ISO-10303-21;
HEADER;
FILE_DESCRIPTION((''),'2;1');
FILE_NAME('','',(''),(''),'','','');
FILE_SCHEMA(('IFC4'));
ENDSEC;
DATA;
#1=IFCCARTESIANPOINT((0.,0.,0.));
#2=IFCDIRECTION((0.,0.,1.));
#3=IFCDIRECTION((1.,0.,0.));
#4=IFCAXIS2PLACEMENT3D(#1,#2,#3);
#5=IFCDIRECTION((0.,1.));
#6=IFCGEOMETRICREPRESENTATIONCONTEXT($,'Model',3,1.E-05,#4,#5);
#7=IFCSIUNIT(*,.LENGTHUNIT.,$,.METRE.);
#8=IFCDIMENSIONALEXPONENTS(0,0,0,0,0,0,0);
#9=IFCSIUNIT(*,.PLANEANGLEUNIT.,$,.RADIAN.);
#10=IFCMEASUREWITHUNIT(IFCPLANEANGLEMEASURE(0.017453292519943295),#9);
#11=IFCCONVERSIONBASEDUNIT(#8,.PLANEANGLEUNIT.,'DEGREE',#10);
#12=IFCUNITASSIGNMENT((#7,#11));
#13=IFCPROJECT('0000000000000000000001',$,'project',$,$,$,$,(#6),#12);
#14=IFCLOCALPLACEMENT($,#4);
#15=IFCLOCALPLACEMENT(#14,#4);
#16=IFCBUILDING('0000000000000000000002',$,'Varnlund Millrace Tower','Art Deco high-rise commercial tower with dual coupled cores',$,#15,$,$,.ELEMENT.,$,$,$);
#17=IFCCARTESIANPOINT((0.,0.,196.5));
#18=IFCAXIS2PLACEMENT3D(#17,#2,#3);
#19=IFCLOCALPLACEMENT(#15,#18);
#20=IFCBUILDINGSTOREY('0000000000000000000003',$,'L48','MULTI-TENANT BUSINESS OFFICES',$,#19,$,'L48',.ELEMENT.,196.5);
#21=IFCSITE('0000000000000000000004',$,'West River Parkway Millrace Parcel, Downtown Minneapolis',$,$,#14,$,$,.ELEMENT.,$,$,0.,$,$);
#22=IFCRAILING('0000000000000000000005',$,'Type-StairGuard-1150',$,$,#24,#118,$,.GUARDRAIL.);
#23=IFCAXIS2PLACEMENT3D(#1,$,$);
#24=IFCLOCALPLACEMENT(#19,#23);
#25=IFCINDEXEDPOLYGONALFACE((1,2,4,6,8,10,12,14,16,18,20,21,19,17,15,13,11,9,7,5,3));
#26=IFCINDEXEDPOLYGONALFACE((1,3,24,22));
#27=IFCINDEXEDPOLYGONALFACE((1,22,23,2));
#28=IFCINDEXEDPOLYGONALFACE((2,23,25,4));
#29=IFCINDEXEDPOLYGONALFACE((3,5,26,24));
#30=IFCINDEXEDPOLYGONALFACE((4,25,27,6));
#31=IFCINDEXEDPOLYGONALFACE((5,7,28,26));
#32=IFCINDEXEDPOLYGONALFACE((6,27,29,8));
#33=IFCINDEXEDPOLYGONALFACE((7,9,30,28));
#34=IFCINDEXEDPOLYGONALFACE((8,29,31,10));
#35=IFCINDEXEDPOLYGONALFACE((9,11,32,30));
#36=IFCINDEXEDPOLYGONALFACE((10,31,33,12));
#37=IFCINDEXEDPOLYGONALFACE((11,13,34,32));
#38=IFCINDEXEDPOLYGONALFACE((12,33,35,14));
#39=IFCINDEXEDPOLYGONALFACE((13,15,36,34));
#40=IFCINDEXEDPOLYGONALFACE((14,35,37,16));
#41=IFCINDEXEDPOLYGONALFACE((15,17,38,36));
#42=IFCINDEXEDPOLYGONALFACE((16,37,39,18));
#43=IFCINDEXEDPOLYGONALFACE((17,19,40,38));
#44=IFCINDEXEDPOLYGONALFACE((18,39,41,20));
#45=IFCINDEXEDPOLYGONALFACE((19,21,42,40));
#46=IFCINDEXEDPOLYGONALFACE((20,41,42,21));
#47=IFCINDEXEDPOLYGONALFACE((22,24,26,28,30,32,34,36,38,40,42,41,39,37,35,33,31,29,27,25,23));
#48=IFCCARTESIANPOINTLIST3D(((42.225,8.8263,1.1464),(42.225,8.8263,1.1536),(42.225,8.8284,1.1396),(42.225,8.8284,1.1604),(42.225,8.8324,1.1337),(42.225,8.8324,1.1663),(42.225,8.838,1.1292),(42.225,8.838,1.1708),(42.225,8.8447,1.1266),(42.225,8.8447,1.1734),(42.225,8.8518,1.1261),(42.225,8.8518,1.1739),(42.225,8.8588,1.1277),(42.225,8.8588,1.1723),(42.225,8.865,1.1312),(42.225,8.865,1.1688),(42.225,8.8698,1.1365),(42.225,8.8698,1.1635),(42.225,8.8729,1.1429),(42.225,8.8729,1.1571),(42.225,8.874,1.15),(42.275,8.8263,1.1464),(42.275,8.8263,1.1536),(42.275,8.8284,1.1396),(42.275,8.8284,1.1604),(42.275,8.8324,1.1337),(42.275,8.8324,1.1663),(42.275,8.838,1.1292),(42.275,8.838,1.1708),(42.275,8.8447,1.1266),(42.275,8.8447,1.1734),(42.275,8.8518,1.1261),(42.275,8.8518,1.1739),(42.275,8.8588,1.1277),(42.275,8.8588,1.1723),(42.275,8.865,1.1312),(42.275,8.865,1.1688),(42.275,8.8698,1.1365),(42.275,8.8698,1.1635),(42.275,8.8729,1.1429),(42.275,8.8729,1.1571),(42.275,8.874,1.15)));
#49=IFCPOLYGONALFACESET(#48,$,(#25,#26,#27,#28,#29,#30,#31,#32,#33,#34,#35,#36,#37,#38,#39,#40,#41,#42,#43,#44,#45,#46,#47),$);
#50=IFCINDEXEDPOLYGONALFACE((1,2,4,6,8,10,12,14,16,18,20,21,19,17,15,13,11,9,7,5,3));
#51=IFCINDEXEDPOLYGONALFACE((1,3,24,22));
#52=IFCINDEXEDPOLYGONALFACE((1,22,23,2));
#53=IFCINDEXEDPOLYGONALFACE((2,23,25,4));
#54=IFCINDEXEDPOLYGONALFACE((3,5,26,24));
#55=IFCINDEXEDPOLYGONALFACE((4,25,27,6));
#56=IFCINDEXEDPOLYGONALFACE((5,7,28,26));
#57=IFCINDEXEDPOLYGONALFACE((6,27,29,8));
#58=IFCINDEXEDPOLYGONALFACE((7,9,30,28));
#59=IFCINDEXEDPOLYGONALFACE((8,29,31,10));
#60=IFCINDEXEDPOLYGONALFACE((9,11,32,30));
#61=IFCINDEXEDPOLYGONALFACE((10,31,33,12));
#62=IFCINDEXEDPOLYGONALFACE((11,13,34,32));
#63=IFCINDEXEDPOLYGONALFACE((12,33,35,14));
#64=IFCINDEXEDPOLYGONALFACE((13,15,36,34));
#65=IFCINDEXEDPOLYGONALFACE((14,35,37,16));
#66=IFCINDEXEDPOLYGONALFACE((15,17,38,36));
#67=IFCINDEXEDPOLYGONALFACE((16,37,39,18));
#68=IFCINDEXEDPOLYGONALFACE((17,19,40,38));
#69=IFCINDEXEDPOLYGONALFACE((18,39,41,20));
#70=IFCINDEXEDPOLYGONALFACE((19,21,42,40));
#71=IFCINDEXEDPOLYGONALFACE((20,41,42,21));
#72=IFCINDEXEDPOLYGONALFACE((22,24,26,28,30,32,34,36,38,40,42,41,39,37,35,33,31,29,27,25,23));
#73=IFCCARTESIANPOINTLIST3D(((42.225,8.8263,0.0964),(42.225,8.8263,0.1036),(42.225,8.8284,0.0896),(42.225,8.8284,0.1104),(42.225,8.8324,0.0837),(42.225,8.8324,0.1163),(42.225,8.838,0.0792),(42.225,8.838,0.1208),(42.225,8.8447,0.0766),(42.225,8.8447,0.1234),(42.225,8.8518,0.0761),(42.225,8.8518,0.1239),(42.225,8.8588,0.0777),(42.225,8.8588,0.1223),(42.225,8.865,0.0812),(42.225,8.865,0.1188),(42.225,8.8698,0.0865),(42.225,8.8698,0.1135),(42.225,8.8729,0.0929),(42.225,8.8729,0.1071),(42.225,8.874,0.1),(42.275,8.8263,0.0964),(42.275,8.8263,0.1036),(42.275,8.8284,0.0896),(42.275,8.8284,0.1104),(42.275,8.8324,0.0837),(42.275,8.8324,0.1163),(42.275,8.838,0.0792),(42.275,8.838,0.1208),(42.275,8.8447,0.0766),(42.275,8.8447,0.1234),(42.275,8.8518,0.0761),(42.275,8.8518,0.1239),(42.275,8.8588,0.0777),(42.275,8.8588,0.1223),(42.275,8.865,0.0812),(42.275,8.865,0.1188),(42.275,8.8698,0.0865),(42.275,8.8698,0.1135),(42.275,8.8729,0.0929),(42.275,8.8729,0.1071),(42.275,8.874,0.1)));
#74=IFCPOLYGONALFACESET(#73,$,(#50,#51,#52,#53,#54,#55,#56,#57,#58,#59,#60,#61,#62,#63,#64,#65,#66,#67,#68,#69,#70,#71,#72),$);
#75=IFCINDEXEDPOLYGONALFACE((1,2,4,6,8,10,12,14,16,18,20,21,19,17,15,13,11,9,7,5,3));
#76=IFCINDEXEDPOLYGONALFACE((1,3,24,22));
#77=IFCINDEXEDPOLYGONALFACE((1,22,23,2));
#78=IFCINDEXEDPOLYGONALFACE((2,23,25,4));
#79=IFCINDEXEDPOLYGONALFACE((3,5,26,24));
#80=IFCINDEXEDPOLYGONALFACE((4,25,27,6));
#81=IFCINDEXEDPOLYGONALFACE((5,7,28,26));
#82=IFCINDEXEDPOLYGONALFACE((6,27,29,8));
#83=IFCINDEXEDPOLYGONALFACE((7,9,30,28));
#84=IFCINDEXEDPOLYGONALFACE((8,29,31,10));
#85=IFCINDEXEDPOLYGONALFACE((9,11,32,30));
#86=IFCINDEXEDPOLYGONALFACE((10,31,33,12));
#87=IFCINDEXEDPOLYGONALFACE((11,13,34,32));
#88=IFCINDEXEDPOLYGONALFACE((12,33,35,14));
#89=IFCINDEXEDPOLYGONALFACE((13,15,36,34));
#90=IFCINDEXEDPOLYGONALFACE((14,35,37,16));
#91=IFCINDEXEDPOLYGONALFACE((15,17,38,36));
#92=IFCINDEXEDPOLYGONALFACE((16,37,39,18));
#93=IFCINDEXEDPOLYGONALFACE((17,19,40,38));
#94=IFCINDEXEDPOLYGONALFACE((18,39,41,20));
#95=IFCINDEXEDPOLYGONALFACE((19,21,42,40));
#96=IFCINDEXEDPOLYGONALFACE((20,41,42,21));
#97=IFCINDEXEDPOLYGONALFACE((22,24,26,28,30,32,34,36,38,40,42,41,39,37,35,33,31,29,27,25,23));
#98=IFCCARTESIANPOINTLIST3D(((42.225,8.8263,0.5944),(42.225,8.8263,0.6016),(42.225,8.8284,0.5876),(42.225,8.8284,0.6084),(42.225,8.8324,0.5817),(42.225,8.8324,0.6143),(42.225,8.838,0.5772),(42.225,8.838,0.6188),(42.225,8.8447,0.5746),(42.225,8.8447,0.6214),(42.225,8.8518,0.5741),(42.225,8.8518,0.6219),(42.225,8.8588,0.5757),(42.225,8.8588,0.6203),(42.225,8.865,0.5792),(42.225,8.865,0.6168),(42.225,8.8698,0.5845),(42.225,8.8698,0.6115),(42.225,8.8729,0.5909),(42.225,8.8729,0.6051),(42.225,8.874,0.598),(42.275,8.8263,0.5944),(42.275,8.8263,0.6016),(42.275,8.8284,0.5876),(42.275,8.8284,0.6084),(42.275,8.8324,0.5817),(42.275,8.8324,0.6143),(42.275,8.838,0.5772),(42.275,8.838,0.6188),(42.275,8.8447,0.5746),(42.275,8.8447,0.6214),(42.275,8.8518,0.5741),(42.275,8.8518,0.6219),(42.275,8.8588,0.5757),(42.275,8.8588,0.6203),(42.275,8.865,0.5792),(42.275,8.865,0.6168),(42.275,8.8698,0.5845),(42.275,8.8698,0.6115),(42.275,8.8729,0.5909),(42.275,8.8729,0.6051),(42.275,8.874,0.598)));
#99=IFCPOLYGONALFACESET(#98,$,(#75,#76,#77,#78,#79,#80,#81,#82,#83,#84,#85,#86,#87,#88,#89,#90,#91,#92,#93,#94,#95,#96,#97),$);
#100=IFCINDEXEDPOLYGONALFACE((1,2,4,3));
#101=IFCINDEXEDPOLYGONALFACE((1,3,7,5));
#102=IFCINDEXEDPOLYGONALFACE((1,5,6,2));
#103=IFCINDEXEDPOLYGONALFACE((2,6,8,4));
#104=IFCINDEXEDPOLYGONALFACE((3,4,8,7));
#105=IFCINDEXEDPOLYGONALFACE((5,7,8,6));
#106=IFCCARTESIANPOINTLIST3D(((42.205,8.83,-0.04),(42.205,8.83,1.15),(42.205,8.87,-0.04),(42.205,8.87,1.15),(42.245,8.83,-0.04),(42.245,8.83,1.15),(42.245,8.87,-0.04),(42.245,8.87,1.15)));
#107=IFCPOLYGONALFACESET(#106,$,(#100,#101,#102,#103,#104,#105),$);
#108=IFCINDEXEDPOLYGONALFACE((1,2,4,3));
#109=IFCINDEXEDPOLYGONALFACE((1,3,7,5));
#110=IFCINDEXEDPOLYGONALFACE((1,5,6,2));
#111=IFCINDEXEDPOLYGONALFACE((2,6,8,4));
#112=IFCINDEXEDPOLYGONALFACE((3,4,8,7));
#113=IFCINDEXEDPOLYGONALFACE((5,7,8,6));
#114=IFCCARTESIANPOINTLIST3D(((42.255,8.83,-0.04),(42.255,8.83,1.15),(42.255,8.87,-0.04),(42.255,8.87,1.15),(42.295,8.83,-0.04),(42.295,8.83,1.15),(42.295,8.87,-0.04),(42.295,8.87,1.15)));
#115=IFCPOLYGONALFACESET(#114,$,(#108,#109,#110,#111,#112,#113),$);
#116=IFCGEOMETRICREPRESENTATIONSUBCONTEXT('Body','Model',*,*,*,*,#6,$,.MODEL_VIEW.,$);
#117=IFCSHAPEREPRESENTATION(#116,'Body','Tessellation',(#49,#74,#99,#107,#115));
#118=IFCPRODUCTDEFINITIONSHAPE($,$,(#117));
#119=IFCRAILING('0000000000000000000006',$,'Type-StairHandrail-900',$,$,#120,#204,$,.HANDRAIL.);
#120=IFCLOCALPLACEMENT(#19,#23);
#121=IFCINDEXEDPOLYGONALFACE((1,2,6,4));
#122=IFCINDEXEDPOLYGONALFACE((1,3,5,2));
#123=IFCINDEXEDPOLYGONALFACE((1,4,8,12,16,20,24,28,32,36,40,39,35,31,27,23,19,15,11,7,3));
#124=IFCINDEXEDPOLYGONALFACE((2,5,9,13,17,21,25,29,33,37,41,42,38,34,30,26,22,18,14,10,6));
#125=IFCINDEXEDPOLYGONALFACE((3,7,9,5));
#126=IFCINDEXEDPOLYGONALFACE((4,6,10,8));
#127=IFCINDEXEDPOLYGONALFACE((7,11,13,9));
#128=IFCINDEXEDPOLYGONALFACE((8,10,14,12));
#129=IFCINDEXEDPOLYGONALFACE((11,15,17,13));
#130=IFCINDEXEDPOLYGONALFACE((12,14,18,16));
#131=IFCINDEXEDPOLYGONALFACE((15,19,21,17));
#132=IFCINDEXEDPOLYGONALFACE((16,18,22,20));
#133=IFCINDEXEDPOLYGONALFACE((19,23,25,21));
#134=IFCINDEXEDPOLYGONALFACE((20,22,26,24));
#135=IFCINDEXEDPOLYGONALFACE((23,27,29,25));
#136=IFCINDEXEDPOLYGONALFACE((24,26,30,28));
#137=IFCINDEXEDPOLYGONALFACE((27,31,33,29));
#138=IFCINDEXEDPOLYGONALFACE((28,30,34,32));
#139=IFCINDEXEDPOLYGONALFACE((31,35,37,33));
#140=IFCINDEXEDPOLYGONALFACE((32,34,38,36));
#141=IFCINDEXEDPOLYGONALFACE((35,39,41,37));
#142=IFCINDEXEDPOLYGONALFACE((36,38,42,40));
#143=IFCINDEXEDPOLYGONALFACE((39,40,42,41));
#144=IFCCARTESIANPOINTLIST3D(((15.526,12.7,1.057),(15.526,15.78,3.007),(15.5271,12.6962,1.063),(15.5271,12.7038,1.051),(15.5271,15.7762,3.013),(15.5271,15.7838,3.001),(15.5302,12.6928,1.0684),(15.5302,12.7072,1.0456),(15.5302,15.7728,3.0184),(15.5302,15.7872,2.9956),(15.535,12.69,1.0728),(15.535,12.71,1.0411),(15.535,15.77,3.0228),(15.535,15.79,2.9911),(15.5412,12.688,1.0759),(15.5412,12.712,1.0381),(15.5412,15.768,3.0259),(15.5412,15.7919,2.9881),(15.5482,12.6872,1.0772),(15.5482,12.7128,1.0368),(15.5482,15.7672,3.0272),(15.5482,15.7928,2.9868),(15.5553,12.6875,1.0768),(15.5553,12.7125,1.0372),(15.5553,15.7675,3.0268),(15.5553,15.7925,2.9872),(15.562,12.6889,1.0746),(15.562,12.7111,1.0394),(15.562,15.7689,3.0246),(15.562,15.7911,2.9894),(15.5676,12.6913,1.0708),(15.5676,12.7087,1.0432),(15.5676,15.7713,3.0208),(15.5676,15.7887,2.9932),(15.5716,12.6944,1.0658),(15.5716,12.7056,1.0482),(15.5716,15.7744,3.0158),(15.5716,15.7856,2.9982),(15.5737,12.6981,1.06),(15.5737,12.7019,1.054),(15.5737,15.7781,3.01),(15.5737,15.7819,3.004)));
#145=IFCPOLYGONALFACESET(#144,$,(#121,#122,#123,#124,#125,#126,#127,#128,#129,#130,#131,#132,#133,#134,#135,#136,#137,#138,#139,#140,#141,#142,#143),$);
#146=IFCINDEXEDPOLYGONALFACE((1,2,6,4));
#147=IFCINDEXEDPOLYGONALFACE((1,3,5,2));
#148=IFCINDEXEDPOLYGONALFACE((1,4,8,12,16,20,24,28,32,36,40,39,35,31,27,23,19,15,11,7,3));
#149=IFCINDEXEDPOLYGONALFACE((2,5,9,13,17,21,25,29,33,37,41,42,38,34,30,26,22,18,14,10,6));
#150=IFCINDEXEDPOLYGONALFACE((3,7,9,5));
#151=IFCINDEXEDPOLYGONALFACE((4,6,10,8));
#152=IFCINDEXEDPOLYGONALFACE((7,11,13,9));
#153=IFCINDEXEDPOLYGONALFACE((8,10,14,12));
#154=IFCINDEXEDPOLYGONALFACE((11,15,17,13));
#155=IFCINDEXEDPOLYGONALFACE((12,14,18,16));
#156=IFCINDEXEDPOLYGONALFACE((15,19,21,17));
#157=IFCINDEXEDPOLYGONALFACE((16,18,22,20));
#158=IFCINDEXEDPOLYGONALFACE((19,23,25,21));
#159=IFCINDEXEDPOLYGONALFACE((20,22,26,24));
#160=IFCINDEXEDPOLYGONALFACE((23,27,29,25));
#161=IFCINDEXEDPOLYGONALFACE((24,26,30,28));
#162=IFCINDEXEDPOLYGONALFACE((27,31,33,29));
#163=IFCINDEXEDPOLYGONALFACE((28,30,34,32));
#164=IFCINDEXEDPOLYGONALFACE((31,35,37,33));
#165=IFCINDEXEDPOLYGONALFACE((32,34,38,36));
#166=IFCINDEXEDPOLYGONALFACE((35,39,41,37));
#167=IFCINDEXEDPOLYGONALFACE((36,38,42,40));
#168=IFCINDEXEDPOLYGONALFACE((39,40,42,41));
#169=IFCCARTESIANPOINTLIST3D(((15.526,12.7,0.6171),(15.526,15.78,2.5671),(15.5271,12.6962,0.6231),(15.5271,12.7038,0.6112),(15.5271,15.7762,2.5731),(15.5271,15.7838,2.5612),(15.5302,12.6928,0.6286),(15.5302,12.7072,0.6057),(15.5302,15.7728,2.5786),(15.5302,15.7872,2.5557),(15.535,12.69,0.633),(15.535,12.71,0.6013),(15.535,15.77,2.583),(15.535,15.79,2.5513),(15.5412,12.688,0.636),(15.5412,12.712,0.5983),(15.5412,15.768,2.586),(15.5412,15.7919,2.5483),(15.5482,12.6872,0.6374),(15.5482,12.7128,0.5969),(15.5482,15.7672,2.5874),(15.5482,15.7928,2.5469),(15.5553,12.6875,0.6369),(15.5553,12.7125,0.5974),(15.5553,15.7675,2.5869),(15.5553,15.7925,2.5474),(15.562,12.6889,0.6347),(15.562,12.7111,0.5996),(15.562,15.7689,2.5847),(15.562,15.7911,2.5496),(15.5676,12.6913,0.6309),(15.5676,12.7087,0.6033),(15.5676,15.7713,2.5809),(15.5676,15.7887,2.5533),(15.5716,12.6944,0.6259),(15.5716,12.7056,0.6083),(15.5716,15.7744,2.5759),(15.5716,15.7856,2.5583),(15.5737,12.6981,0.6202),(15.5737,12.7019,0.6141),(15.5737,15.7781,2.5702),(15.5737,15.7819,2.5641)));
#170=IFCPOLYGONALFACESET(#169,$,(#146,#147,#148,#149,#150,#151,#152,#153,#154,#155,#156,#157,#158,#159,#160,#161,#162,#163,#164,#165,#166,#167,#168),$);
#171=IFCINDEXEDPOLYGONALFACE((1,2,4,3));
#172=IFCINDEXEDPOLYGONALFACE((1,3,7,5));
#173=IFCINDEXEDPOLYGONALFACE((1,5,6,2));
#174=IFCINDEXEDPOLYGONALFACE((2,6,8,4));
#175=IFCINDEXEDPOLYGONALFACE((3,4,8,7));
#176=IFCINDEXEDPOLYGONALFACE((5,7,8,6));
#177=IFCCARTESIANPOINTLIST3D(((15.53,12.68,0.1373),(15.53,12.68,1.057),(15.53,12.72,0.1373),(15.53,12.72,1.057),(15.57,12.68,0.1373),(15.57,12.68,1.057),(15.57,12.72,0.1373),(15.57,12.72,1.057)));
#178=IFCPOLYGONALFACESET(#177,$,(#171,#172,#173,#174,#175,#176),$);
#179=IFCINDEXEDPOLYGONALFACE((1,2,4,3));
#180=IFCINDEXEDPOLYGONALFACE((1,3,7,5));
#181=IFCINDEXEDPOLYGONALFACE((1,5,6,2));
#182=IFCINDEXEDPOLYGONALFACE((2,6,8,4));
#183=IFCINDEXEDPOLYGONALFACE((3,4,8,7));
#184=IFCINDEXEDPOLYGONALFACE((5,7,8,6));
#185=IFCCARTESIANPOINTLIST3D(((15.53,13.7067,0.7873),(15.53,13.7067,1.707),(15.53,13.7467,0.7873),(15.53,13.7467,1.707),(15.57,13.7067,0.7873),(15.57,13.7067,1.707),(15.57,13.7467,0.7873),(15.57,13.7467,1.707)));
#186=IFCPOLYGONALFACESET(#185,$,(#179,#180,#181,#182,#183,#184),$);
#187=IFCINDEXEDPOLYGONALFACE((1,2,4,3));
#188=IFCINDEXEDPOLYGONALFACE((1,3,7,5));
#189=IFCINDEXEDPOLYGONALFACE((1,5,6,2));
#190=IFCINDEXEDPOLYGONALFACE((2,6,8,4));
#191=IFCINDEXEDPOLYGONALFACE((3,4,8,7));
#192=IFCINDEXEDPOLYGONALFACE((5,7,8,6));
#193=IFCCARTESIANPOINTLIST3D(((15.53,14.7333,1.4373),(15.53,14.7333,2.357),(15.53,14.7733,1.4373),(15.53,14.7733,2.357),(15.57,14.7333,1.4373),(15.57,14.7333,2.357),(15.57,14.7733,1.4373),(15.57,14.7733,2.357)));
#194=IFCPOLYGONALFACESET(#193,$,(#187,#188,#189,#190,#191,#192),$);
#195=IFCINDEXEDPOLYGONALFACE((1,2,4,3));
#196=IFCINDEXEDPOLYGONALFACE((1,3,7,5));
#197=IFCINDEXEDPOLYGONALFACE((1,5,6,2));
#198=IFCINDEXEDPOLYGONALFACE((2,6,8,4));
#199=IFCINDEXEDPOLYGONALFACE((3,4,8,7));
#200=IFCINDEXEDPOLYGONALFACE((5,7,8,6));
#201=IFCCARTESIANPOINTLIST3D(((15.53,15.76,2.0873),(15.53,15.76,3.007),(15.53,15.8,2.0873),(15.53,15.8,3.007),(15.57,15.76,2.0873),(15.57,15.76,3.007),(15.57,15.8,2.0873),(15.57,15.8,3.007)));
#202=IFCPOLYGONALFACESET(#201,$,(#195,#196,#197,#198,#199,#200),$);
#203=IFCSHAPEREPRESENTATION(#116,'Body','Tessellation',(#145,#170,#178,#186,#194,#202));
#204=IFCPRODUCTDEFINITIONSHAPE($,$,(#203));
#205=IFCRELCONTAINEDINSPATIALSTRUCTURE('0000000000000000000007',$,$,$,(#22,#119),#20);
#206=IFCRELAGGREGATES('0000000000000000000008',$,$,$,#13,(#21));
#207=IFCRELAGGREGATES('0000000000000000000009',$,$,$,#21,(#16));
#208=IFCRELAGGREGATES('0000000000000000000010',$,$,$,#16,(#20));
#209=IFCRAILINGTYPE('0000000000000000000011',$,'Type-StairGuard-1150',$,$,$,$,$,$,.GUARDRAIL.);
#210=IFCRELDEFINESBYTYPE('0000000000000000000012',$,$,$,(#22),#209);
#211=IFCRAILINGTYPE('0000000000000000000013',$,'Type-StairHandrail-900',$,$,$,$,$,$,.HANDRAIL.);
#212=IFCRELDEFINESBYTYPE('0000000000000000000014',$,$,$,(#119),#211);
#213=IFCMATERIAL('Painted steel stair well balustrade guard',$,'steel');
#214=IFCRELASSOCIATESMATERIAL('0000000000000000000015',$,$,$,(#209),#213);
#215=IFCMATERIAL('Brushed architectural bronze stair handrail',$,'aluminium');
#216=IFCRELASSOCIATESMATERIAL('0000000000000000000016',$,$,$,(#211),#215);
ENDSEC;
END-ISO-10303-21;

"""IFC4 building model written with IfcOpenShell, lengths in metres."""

from ifc_helpers import new_model, entity, si_unit, converted_unit, direction, frame, origin_with_axes, origin_2d_with_axis, place, context, subcontext, project, spatial, rectangle, circle, extrude, material, type_object, element, save


model = new_model("IFC4")

# Units and contexts
model_context = context("Model", 3, precision=1e-05, world=origin_with_axes(), true_north=direction((0.0, 1.0)))
body_context = subcontext(model_context, "Body", "Model", "MODEL_VIEW")
ifc_project = project(units=[si_unit("LENGTHUNIT", "METRE"), converted_unit("PLANEANGLEUNIT", "DEGREE", entity("IfcPlaneAngleMeasure", 0.017453292519943295), si_unit("PLANEANGLEUNIT", "RADIAN"), dimensions=[0, 0, 0, 0, 0, 0, 0])], contexts=[model_context])

# Site, building, storey
site_placement = place(None, origin_with_axes())
site = spatial("IfcSite", under=ifc_project, at=site_placement, Name="West River Parkway Millrace Parcel, Downtown Minneapolis", CompositionType="ELEMENT", RefElevation=0.0)
building_placement = place(site_placement, origin_with_axes())
building = spatial("IfcBuilding", under=site, at=building_placement, Name="Varnlund Millrace Tower", Description="Art Deco high-rise commercial tower with dual coupled cores", CompositionType="ELEMENT")
storey_placement = place(building_placement, frame((0.0, 0.0, 196.5), z_axis=(0.0, 0.0, 1.0), x_axis=(1.0, 0.0, 0.0)))
storey = spatial("IfcBuildingStorey", under=building, at=storey_placement, Name="L48", Description="MULTI-TENANT BUSINESS OFFICES", LongName="L48", CompositionType="ELEMENT", Elevation=196.5)

# Railings
ifc_material_1 = material(Name="Painted steel stair well balustrade guard", Category="steel")
railing_type_1 = type_object("IfcRailingType", Name="Type-StairGuard-1150", PredefinedType="GUARDRAIL", material=ifc_material_1)
railing_1_placement = place(storey_placement, frame((0.0, 0.0, -196.5), z_axis=(0.0, 0.0, 1.0), x_axis=(1.0, 0.0, 0.0)))
element("IfcRailing", 1, at=railing_1_placement, inside=storey, type_object=railing_type_1, Name="Type-StairGuard-1150", PredefinedType="GUARDRAIL", context=body_context, shape_type="SweptSolid", body=[
    extrude(circle(Radius=0.024, at=origin_2d_with_axis()), frame((42.225, 8.85, 197.65), z_axis=(1.0, 0.0, 0.0), x_axis=(0.0, 1.0, 0.0)), (0.0, 0.0, 1.0), 0.05),
    extrude(circle(Radius=0.024, at=origin_2d_with_axis()), frame((42.225, 8.85, 196.6), z_axis=(1.0, 0.0, 0.0), x_axis=(0.0, 1.0, 0.0)), (0.0, 0.0, 1.0), 0.05),
    extrude(circle(Radius=0.024, at=origin_2d_with_axis()), frame((42.225, 8.85, 197.098), z_axis=(1.0, 0.0, 0.0), x_axis=(0.0, 1.0, 0.0)), (0.0, 0.0, 1.0), 0.05),
    extrude(rectangle(XDim=0.04, YDim=0.04, at=origin_2d_with_axis()), frame((42.225, 8.85, 196.46), z_axis=(0.0, 0.0, 1.0), x_axis=(1.0, 0.0, 0.0)), (0.0, 0.0, 1.0), 1.19),
    extrude(rectangle(XDim=0.04, YDim=0.04, at=origin_2d_with_axis()), frame((42.275, 8.85, 196.46), z_axis=(0.0, 0.0, 1.0), x_axis=(1.0, 0.0, 0.0)), (0.0, 0.0, 1.0), 1.19),
])
ifc_material_2 = material(Name="Brushed architectural bronze stair handrail", Category="aluminium")
railing_type_2 = type_object("IfcRailingType", Name="Type-StairHandrail-900", PredefinedType="HANDRAIL", material=ifc_material_2)
railing_2_placement = place(storey_placement, frame((0.0, 0.0, -196.5), z_axis=(0.0, 0.0, 1.0), x_axis=(1.0, 0.0, 0.0)))
element("IfcRailing", 2, at=railing_2_placement, inside=storey, type_object=railing_type_2, Name="Type-StairHandrail-900", PredefinedType="HANDRAIL", context=body_context, shape_type="SweptSolid", body=[
    extrude(circle(Radius=0.024, at=origin_2d_with_axis()), frame((15.55, 12.7, 197.557), z_axis=(0.0, 0.844902, 0.534922), x_axis=(-1.0, 0.0, 0.0)), (0.0, 0.0, 1.0), 3.6454),
    extrude(circle(Radius=0.024, at=origin_2d_with_axis()), frame((15.55, 12.7, 197.1171), z_axis=(0.0, 0.844902, 0.534922), x_axis=(-1.0, 0.0, 0.0)), (0.0, 0.0, 1.0), 3.6454),
    extrude(rectangle(XDim=0.04, YDim=0.04, at=origin_2d_with_axis()), frame((15.55, 12.7, 196.6373), z_axis=(0.0, 0.0, 1.0), x_axis=(1.0, 0.0, 0.0)), (0.0, 0.0, 1.0), 0.9197),
    extrude(rectangle(XDim=0.04, YDim=0.04, at=origin_2d_with_axis()), frame((15.55, 13.7267, 197.2873), z_axis=(0.0, 0.0, 1.0), x_axis=(1.0, 0.0, 0.0)), (0.0, 0.0, 1.0), 0.9197),
    extrude(rectangle(XDim=0.04, YDim=0.04, at=origin_2d_with_axis()), frame((15.55, 14.7533, 197.9373), z_axis=(0.0, 0.0, 1.0), x_axis=(1.0, 0.0, 0.0)), (0.0, 0.0, 1.0), 0.9197),
    extrude(rectangle(XDim=0.04, YDim=0.04, at=origin_2d_with_axis()), frame((15.55, 15.78, 198.5873), z_axis=(0.0, 0.0, 1.0), x_axis=(1.0, 0.0, 0.0)), (0.0, 0.0, 1.0), 0.9197),
])

save(model, "model.ifc")
